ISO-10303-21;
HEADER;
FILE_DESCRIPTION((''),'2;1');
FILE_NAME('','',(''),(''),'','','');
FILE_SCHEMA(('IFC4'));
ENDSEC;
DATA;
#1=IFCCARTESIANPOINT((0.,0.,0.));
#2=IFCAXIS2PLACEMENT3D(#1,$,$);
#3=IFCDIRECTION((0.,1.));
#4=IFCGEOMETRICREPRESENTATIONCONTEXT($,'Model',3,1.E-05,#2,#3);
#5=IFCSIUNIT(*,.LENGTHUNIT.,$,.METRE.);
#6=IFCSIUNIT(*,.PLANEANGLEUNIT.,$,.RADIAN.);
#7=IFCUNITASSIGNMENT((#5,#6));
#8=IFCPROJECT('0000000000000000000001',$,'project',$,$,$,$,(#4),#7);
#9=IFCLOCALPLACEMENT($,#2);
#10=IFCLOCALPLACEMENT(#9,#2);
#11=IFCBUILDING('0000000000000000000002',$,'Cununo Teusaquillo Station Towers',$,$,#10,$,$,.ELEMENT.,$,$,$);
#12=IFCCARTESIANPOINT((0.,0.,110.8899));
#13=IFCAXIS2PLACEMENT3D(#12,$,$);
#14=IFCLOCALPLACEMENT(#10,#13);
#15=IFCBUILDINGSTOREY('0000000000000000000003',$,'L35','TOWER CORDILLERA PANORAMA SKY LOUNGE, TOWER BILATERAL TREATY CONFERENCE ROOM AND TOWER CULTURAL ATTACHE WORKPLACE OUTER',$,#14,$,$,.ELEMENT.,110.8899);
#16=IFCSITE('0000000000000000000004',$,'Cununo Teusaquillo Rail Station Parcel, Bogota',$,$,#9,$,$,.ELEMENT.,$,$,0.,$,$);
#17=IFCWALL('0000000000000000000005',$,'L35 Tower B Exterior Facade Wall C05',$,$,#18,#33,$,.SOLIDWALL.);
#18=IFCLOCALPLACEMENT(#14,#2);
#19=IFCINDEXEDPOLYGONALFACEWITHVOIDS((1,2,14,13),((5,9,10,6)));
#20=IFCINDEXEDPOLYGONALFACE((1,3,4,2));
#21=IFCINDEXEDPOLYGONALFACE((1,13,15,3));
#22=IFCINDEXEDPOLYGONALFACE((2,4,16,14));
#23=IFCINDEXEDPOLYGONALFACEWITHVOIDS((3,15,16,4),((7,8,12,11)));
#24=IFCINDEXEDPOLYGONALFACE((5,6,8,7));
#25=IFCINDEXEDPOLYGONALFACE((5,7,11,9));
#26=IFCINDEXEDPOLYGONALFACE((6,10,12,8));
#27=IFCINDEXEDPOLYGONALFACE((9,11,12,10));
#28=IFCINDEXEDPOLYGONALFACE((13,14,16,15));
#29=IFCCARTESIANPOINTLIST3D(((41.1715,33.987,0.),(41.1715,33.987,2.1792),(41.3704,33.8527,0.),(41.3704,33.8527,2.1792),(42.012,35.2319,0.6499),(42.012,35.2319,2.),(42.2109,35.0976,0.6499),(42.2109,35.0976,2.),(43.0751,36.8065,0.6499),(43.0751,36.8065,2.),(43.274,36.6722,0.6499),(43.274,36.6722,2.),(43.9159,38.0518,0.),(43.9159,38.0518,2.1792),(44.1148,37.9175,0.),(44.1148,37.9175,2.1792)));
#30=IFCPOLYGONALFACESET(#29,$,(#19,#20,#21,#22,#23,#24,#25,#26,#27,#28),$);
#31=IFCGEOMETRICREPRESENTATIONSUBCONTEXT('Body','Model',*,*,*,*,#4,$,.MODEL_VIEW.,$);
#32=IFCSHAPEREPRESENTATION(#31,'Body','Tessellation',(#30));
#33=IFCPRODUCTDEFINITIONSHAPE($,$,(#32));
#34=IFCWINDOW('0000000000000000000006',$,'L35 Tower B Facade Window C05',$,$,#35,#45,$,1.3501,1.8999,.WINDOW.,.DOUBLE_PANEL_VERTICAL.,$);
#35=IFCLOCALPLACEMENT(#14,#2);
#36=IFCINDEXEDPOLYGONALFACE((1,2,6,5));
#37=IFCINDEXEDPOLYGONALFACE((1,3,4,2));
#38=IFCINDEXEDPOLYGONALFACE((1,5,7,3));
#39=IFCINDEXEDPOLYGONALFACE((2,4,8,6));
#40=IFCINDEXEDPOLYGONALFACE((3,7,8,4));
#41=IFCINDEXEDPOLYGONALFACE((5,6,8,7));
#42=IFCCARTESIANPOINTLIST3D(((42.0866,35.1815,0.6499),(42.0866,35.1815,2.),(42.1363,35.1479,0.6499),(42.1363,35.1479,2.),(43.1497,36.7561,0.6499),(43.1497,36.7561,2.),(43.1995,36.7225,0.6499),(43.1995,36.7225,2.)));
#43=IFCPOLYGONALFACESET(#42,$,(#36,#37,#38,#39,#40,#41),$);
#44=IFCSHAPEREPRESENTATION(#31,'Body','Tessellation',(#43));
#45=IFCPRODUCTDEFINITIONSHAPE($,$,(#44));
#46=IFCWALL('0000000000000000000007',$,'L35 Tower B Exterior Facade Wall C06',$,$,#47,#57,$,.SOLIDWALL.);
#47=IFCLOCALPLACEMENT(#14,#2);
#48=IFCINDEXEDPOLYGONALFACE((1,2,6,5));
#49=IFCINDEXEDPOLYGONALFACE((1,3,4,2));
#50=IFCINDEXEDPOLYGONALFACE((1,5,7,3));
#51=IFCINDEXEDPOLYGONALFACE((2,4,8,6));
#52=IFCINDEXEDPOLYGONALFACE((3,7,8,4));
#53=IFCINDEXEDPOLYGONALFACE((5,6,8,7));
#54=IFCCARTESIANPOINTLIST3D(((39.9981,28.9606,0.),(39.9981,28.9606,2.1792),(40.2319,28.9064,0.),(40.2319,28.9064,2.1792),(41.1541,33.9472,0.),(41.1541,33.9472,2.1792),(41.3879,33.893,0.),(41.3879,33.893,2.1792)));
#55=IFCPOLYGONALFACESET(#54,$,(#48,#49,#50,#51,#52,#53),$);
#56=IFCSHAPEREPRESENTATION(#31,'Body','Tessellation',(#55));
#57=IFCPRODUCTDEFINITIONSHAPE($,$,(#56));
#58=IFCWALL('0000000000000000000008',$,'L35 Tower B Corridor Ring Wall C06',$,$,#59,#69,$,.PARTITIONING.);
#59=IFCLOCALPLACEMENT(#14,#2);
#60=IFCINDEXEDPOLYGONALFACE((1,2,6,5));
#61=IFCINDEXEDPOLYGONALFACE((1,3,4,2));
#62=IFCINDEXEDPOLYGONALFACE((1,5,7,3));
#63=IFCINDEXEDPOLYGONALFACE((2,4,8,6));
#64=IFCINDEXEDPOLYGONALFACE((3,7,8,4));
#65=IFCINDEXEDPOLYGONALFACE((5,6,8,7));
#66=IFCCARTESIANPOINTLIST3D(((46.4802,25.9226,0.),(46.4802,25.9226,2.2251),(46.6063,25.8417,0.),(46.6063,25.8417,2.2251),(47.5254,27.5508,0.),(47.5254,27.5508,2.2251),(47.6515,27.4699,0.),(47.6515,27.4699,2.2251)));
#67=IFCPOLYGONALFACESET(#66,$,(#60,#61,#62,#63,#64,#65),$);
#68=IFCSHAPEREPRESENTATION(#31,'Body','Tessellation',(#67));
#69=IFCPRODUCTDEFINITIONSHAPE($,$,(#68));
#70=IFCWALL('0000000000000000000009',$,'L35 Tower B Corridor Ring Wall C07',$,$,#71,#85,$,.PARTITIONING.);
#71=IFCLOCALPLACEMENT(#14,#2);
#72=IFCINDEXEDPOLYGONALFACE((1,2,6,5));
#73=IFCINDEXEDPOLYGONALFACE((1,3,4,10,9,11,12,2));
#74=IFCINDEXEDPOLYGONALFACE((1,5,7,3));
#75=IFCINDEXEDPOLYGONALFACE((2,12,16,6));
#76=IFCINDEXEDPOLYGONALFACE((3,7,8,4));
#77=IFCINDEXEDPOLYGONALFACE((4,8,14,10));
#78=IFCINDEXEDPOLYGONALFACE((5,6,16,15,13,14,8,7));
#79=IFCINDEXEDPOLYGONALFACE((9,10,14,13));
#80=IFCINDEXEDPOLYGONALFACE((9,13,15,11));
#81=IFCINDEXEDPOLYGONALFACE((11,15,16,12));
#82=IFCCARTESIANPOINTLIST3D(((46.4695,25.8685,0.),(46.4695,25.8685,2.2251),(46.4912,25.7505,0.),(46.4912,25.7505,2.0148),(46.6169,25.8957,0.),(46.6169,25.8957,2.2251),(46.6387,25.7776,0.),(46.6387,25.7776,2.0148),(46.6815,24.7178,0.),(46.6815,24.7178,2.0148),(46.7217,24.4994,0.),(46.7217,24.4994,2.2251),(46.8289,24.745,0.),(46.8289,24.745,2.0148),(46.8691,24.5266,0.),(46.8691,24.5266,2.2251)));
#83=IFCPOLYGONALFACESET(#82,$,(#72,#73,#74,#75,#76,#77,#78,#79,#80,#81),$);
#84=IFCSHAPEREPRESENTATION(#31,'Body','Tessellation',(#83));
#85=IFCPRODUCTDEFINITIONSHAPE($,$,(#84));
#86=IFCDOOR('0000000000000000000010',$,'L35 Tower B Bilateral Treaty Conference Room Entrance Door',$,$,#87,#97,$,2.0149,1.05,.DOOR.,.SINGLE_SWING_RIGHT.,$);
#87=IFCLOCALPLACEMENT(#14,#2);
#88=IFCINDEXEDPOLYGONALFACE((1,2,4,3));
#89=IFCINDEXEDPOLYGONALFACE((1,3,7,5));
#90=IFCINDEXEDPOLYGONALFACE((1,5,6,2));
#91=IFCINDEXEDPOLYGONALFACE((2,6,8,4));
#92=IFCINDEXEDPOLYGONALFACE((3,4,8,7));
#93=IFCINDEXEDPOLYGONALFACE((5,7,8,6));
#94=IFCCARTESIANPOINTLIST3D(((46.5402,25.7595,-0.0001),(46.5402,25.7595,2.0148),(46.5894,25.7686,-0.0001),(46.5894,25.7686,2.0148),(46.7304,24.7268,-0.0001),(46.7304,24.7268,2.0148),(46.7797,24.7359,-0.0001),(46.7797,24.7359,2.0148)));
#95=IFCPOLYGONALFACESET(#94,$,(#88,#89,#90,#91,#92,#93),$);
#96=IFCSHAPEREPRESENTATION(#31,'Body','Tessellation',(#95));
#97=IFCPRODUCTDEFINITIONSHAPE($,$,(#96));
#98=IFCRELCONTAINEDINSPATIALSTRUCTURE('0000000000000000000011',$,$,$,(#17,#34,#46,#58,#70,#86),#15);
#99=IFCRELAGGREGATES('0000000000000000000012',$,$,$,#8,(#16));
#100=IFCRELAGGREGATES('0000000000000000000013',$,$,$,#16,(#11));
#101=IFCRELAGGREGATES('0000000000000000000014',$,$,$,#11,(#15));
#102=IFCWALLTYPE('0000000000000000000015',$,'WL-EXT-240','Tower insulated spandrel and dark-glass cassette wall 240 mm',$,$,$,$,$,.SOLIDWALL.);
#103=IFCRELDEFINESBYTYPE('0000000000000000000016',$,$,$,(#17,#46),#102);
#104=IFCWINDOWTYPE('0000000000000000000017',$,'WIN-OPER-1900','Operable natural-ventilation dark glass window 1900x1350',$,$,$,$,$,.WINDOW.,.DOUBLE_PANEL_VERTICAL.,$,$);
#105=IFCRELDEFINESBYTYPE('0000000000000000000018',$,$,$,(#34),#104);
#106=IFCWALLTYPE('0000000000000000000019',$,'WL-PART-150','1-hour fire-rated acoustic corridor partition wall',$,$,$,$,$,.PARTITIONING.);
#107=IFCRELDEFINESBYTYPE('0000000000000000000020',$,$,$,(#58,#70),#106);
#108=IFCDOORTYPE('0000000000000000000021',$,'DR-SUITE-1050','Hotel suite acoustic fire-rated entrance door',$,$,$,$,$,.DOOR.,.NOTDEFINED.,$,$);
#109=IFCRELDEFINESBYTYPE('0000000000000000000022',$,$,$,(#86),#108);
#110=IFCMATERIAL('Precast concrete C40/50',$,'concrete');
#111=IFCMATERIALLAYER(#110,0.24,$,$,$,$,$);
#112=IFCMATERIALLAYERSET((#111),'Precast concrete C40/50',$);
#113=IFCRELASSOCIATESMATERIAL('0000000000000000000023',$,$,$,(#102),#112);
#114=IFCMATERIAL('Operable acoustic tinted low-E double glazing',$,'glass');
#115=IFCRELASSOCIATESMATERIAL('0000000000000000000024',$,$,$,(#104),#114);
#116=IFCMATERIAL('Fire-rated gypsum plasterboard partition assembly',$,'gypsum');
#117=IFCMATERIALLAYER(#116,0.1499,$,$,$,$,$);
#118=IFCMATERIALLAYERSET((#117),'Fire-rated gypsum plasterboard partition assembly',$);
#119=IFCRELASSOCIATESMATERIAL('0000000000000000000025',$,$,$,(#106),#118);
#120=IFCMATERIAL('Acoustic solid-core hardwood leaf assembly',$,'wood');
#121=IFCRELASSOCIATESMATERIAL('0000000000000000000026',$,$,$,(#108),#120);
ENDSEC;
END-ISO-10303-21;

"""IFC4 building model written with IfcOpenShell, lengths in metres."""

from ifc_helpers import new_model, si_unit, direction, frame, frame_2d, origin, place, context, subcontext, project, spatial, rectangle, extrude, source, transform, mapped, material, layer, layer_set, type_object, element, fill, save


model = new_model("IFC4")

# Units and contexts
model_context = context("Model", 3, precision=1e-05, world=origin(), true_north=direction((0.0, 1.0)))
body_context = subcontext(model_context, "Body", "Model", "MODEL_VIEW")
ifc_project = project(units=[si_unit("LENGTHUNIT", "METRE"), si_unit("PLANEANGLEUNIT", "RADIAN")], contexts=[model_context])

# Site, building, storey
site_placement = place(None, origin())
site = spatial("IfcSite", under=ifc_project, at=site_placement, Name="Cununo Teusaquillo Rail Station Parcel, Bogota", CompositionType="ELEMENT", RefElevation=0.0)
building_placement = place(site_placement, origin())
building = spatial("IfcBuilding", under=site, at=building_placement, Name="Cununo Teusaquillo Station Towers", CompositionType="ELEMENT")
storey_placement = place(building_placement, frame((0.0, 0.0, 110.8899)))
storey = spatial("IfcBuildingStorey", under=building, at=storey_placement, Name="L35", Description="TOWER CORDILLERA PANORAMA SKY LOUNGE, TOWER BILATERAL TREATY CONFERENCE ROOM AND TOWER CULTURAL ATTACHE WORKPLACE OUTER", CompositionType="ELEMENT", Elevation=110.8899)

# Shared definitions
ifc_material_1 = material(Name="Precast concrete C40/50", Category="concrete")
ifc_layer_1 = layer(ifc_material_1, 0.24)
ifc_layer_set_1 = layer_set([ifc_layer_1], Name="Precast concrete C40/50")
wall_type_1 = type_object("IfcWallType", Name="WL-EXT-240", Description="Tower insulated spandrel and dark-glass cassette wall 240 mm", PredefinedType="SOLIDWALL", material=ifc_layer_set_1)
shared_shape_1 = source(origin(), body_context, "Body", "SweptSolid", [
    extrude(rectangle(XDim=1.8999, YDim=1.3501, at=frame_2d((0.95, 0.675))), frame((0.0, 0.1299, 0.0), z_axis=(0.0, -1.0, 0.0), x_axis=(1.0, 0.0, 0.0)), (0.0, 0.0, 1.0), 0.26),
])
ifc_material_2 = material(Name="Operable acoustic tinted low-E double glazing", Category="glass")
window_type = type_object("IfcWindowType", Name="WIN-OPER-1900", Description="Operable natural-ventilation dark glass window 1900x1350", PartitioningType="DOUBLE_PANEL_VERTICAL", PredefinedType="WINDOW", material=ifc_material_2)
shared_shape_2 = source(origin(), body_context, "Body", "SweptSolid", [
    extrude(rectangle(XDim=1.8999, YDim=1.3501, at=frame_2d((0.95, 0.675))), frame((0.0, 0.03, 0.0), z_axis=(0.0, -1.0, 0.0), x_axis=(1.0, 0.0, 0.0)), (0.0, 0.0, 1.0), 0.0601),
])

# Wall, opening, window
wall_1_placement = place(storey_placement, frame((41.271, 33.9199, 0.0), z_axis=(0.0, 0.0, 1.0), x_axis=(0.559573, 0.828781, 0.0)))
wall_1 = element("IfcWall", 1, at=wall_1_placement, inside=storey, type_object=wall_type_1, Name="L35 Tower B Exterior Facade Wall C05", PredefinedType="SOLIDWALL", context=body_context, shape_type="SweptSolid", body=[
    extrude(rectangle(XDim=4.9045, YDim=0.24, at=frame_2d((2.4521, 0.0))), origin(), (0.0, 0.0, 1.0), 2.1792),
])
opening_1_placement = place(wall_1_placement, frame((1.502, 0.0, 0.6499)))
opening_1 = element("IfcOpeningElement", 2, at=opening_1_placement, cuts=wall_1, PredefinedType="OPENING", context=body_context, shape_type="MappedRepresentation", body=[
    mapped(shared_shape_1, transform((0.0, 0.0, 0.0), x_axis=(1.0, 0.0, 0.0), y_axis=(0.0, 1.0, 0.0), z_axis=(0.0, 0.0, 1.0), scale=1.0)),
])
window_1_placement = place(opening_1_placement, origin())
window_1 = element("IfcWindow", 3, at=window_1_placement, inside=storey, type_object=window_type, Name="L35 Tower B Facade Window C05", OverallHeight=1.3501, OverallWidth=1.8999, PartitioningType="DOUBLE_PANEL_VERTICAL", PredefinedType="WINDOW", context=body_context, shape_type="MappedRepresentation", body=[
    mapped(shared_shape_2, transform((0.0, 0.0, 0.0), x_axis=(1.0, 0.0, 0.0), y_axis=(0.0, 1.0, 0.0), z_axis=(0.0, 0.0, 1.0), scale=1.0)),
])
fill(opening_1, window_1)

# Walls
wall_2_placement = place(storey_placement, frame((40.115, 28.9333, 0.0), z_axis=(0.0, 0.0, 1.0), x_axis=(0.225835, 0.974166, 0.0)))
element("IfcWall", 4, at=wall_2_placement, inside=storey, type_object=wall_type_1, Name="L35 Tower B Exterior Facade Wall C06", PredefinedType="SOLIDWALL", context=body_context, shape_type="SweptSolid", body=[
    extrude(rectangle(XDim=5.1189, YDim=0.24, at=frame_2d((2.5596, 0.0))), origin(), (0.0, 0.0, 1.0), 2.1792),
])
ifc_material_3 = material(Name="Fire-rated gypsum plasterboard partition assembly", Category="gypsum")
ifc_layer_2 = layer(ifc_material_3, 0.1499)
ifc_layer_set_2 = layer_set([ifc_layer_2], Name="Fire-rated gypsum plasterboard partition assembly")
wall_type_2 = type_object("IfcWallType", Name="WL-PART-150", Description="1-hour fire-rated acoustic corridor partition wall", PredefinedType="PARTITIONING", material=ifc_layer_set_2)
wall_3_placement = place(storey_placement, frame((47.5884, 27.5103, 0.0), z_axis=(0.0, 0.0, 1.0), x_axis=(-0.540203, -0.841535, 0.0)))
element("IfcWall", 5, at=wall_3_placement, inside=storey, type_object=wall_type_2, Name="L35 Tower B Corridor Ring Wall C06", PredefinedType="PARTITIONING", context=body_context, shape_type="SweptSolid", body=[
    extrude(rectangle(XDim=1.9348, YDim=0.1499, at=frame_2d((0.9673, 0.0))), origin(), (0.0, 0.0, 1.0), 2.2251),
])

# Wall, opening, door
wall_4_placement = place(storey_placement, frame((46.5432, 25.8821, 0.0), z_axis=(0.0, 0.0, 1.0), x_axis=(0.181154, -0.983455, 0.0)))
wall_4 = element("IfcWall", 6, at=wall_4_placement, inside=storey, type_object=wall_type_2, Name="L35 Tower B Corridor Ring Wall C07", PredefinedType="PARTITIONING", context=body_context, shape_type="SweptSolid", body=[
    extrude(rectangle(XDim=1.3921, YDim=0.1499, at=frame_2d((0.696, 0.0))), origin(), (0.0, 0.0, 1.0), 2.2251),
])
shared_shape_3 = source(origin(), body_context, "Body", "SweptSolid", [
    extrude(rectangle(XDim=1.05, YDim=2.0149, at=frame_2d((0.5249, 1.0073))), frame((0.0, 0.085, 0.0), z_axis=(0.0, -1.0, 0.0), x_axis=(1.0, 0.0, 0.0)), (0.0, 0.0, 1.0), 0.1699),
])
opening_2_placement = place(wall_4_placement, frame((0.1201, 0.0, 0.0)))
opening_2 = element("IfcOpeningElement", 7, at=opening_2_placement, cuts=wall_4, PredefinedType="OPENING", context=body_context, shape_type="MappedRepresentation", body=[
    mapped(shared_shape_3, transform((0.0, 0.0, 0.0), x_axis=(1.0, 0.0, 0.0), y_axis=(0.0, 1.0, 0.0), z_axis=(0.0, 0.0, 1.0), scale=1.0)),
])
ifc_material_4 = material(Name="Acoustic solid-core hardwood leaf assembly", Category="wood")
door_type = type_object("IfcDoorType", Name="DR-SUITE-1050", Description="Hotel suite acoustic fire-rated entrance door", OperationType="NOTDEFINED", PredefinedType="DOOR", material=ifc_material_4)
shared_shape_4 = source(origin(), body_context, "Body", "SweptSolid", [
    extrude(rectangle(XDim=1.05, YDim=2.0149, at=frame_2d((0.5249, 1.0073))), frame((0.0, 0.0249, 0.0), z_axis=(0.0, -1.0, 0.0), x_axis=(1.0, 0.0, 0.0)), (0.0, 0.0, 1.0), 0.05),
])
door_placement = place(opening_2_placement, origin())
door = element("IfcDoor", 8, at=door_placement, inside=storey, type_object=door_type, Name="L35 Tower B Bilateral Treaty Conference Room Entrance Door", OperationType="SINGLE_SWING_RIGHT", OverallHeight=2.0149, OverallWidth=1.05, PredefinedType="DOOR", context=body_context, shape_type="MappedRepresentation", body=[
    mapped(shared_shape_4, transform((0.0, 0.0, 0.0), x_axis=(1.0, 0.0, 0.0), y_axis=(0.0, 1.0, 0.0), z_axis=(0.0, 0.0, 1.0), scale=1.0)),
])
fill(opening_2, door)

save(model, "model.ifc")
